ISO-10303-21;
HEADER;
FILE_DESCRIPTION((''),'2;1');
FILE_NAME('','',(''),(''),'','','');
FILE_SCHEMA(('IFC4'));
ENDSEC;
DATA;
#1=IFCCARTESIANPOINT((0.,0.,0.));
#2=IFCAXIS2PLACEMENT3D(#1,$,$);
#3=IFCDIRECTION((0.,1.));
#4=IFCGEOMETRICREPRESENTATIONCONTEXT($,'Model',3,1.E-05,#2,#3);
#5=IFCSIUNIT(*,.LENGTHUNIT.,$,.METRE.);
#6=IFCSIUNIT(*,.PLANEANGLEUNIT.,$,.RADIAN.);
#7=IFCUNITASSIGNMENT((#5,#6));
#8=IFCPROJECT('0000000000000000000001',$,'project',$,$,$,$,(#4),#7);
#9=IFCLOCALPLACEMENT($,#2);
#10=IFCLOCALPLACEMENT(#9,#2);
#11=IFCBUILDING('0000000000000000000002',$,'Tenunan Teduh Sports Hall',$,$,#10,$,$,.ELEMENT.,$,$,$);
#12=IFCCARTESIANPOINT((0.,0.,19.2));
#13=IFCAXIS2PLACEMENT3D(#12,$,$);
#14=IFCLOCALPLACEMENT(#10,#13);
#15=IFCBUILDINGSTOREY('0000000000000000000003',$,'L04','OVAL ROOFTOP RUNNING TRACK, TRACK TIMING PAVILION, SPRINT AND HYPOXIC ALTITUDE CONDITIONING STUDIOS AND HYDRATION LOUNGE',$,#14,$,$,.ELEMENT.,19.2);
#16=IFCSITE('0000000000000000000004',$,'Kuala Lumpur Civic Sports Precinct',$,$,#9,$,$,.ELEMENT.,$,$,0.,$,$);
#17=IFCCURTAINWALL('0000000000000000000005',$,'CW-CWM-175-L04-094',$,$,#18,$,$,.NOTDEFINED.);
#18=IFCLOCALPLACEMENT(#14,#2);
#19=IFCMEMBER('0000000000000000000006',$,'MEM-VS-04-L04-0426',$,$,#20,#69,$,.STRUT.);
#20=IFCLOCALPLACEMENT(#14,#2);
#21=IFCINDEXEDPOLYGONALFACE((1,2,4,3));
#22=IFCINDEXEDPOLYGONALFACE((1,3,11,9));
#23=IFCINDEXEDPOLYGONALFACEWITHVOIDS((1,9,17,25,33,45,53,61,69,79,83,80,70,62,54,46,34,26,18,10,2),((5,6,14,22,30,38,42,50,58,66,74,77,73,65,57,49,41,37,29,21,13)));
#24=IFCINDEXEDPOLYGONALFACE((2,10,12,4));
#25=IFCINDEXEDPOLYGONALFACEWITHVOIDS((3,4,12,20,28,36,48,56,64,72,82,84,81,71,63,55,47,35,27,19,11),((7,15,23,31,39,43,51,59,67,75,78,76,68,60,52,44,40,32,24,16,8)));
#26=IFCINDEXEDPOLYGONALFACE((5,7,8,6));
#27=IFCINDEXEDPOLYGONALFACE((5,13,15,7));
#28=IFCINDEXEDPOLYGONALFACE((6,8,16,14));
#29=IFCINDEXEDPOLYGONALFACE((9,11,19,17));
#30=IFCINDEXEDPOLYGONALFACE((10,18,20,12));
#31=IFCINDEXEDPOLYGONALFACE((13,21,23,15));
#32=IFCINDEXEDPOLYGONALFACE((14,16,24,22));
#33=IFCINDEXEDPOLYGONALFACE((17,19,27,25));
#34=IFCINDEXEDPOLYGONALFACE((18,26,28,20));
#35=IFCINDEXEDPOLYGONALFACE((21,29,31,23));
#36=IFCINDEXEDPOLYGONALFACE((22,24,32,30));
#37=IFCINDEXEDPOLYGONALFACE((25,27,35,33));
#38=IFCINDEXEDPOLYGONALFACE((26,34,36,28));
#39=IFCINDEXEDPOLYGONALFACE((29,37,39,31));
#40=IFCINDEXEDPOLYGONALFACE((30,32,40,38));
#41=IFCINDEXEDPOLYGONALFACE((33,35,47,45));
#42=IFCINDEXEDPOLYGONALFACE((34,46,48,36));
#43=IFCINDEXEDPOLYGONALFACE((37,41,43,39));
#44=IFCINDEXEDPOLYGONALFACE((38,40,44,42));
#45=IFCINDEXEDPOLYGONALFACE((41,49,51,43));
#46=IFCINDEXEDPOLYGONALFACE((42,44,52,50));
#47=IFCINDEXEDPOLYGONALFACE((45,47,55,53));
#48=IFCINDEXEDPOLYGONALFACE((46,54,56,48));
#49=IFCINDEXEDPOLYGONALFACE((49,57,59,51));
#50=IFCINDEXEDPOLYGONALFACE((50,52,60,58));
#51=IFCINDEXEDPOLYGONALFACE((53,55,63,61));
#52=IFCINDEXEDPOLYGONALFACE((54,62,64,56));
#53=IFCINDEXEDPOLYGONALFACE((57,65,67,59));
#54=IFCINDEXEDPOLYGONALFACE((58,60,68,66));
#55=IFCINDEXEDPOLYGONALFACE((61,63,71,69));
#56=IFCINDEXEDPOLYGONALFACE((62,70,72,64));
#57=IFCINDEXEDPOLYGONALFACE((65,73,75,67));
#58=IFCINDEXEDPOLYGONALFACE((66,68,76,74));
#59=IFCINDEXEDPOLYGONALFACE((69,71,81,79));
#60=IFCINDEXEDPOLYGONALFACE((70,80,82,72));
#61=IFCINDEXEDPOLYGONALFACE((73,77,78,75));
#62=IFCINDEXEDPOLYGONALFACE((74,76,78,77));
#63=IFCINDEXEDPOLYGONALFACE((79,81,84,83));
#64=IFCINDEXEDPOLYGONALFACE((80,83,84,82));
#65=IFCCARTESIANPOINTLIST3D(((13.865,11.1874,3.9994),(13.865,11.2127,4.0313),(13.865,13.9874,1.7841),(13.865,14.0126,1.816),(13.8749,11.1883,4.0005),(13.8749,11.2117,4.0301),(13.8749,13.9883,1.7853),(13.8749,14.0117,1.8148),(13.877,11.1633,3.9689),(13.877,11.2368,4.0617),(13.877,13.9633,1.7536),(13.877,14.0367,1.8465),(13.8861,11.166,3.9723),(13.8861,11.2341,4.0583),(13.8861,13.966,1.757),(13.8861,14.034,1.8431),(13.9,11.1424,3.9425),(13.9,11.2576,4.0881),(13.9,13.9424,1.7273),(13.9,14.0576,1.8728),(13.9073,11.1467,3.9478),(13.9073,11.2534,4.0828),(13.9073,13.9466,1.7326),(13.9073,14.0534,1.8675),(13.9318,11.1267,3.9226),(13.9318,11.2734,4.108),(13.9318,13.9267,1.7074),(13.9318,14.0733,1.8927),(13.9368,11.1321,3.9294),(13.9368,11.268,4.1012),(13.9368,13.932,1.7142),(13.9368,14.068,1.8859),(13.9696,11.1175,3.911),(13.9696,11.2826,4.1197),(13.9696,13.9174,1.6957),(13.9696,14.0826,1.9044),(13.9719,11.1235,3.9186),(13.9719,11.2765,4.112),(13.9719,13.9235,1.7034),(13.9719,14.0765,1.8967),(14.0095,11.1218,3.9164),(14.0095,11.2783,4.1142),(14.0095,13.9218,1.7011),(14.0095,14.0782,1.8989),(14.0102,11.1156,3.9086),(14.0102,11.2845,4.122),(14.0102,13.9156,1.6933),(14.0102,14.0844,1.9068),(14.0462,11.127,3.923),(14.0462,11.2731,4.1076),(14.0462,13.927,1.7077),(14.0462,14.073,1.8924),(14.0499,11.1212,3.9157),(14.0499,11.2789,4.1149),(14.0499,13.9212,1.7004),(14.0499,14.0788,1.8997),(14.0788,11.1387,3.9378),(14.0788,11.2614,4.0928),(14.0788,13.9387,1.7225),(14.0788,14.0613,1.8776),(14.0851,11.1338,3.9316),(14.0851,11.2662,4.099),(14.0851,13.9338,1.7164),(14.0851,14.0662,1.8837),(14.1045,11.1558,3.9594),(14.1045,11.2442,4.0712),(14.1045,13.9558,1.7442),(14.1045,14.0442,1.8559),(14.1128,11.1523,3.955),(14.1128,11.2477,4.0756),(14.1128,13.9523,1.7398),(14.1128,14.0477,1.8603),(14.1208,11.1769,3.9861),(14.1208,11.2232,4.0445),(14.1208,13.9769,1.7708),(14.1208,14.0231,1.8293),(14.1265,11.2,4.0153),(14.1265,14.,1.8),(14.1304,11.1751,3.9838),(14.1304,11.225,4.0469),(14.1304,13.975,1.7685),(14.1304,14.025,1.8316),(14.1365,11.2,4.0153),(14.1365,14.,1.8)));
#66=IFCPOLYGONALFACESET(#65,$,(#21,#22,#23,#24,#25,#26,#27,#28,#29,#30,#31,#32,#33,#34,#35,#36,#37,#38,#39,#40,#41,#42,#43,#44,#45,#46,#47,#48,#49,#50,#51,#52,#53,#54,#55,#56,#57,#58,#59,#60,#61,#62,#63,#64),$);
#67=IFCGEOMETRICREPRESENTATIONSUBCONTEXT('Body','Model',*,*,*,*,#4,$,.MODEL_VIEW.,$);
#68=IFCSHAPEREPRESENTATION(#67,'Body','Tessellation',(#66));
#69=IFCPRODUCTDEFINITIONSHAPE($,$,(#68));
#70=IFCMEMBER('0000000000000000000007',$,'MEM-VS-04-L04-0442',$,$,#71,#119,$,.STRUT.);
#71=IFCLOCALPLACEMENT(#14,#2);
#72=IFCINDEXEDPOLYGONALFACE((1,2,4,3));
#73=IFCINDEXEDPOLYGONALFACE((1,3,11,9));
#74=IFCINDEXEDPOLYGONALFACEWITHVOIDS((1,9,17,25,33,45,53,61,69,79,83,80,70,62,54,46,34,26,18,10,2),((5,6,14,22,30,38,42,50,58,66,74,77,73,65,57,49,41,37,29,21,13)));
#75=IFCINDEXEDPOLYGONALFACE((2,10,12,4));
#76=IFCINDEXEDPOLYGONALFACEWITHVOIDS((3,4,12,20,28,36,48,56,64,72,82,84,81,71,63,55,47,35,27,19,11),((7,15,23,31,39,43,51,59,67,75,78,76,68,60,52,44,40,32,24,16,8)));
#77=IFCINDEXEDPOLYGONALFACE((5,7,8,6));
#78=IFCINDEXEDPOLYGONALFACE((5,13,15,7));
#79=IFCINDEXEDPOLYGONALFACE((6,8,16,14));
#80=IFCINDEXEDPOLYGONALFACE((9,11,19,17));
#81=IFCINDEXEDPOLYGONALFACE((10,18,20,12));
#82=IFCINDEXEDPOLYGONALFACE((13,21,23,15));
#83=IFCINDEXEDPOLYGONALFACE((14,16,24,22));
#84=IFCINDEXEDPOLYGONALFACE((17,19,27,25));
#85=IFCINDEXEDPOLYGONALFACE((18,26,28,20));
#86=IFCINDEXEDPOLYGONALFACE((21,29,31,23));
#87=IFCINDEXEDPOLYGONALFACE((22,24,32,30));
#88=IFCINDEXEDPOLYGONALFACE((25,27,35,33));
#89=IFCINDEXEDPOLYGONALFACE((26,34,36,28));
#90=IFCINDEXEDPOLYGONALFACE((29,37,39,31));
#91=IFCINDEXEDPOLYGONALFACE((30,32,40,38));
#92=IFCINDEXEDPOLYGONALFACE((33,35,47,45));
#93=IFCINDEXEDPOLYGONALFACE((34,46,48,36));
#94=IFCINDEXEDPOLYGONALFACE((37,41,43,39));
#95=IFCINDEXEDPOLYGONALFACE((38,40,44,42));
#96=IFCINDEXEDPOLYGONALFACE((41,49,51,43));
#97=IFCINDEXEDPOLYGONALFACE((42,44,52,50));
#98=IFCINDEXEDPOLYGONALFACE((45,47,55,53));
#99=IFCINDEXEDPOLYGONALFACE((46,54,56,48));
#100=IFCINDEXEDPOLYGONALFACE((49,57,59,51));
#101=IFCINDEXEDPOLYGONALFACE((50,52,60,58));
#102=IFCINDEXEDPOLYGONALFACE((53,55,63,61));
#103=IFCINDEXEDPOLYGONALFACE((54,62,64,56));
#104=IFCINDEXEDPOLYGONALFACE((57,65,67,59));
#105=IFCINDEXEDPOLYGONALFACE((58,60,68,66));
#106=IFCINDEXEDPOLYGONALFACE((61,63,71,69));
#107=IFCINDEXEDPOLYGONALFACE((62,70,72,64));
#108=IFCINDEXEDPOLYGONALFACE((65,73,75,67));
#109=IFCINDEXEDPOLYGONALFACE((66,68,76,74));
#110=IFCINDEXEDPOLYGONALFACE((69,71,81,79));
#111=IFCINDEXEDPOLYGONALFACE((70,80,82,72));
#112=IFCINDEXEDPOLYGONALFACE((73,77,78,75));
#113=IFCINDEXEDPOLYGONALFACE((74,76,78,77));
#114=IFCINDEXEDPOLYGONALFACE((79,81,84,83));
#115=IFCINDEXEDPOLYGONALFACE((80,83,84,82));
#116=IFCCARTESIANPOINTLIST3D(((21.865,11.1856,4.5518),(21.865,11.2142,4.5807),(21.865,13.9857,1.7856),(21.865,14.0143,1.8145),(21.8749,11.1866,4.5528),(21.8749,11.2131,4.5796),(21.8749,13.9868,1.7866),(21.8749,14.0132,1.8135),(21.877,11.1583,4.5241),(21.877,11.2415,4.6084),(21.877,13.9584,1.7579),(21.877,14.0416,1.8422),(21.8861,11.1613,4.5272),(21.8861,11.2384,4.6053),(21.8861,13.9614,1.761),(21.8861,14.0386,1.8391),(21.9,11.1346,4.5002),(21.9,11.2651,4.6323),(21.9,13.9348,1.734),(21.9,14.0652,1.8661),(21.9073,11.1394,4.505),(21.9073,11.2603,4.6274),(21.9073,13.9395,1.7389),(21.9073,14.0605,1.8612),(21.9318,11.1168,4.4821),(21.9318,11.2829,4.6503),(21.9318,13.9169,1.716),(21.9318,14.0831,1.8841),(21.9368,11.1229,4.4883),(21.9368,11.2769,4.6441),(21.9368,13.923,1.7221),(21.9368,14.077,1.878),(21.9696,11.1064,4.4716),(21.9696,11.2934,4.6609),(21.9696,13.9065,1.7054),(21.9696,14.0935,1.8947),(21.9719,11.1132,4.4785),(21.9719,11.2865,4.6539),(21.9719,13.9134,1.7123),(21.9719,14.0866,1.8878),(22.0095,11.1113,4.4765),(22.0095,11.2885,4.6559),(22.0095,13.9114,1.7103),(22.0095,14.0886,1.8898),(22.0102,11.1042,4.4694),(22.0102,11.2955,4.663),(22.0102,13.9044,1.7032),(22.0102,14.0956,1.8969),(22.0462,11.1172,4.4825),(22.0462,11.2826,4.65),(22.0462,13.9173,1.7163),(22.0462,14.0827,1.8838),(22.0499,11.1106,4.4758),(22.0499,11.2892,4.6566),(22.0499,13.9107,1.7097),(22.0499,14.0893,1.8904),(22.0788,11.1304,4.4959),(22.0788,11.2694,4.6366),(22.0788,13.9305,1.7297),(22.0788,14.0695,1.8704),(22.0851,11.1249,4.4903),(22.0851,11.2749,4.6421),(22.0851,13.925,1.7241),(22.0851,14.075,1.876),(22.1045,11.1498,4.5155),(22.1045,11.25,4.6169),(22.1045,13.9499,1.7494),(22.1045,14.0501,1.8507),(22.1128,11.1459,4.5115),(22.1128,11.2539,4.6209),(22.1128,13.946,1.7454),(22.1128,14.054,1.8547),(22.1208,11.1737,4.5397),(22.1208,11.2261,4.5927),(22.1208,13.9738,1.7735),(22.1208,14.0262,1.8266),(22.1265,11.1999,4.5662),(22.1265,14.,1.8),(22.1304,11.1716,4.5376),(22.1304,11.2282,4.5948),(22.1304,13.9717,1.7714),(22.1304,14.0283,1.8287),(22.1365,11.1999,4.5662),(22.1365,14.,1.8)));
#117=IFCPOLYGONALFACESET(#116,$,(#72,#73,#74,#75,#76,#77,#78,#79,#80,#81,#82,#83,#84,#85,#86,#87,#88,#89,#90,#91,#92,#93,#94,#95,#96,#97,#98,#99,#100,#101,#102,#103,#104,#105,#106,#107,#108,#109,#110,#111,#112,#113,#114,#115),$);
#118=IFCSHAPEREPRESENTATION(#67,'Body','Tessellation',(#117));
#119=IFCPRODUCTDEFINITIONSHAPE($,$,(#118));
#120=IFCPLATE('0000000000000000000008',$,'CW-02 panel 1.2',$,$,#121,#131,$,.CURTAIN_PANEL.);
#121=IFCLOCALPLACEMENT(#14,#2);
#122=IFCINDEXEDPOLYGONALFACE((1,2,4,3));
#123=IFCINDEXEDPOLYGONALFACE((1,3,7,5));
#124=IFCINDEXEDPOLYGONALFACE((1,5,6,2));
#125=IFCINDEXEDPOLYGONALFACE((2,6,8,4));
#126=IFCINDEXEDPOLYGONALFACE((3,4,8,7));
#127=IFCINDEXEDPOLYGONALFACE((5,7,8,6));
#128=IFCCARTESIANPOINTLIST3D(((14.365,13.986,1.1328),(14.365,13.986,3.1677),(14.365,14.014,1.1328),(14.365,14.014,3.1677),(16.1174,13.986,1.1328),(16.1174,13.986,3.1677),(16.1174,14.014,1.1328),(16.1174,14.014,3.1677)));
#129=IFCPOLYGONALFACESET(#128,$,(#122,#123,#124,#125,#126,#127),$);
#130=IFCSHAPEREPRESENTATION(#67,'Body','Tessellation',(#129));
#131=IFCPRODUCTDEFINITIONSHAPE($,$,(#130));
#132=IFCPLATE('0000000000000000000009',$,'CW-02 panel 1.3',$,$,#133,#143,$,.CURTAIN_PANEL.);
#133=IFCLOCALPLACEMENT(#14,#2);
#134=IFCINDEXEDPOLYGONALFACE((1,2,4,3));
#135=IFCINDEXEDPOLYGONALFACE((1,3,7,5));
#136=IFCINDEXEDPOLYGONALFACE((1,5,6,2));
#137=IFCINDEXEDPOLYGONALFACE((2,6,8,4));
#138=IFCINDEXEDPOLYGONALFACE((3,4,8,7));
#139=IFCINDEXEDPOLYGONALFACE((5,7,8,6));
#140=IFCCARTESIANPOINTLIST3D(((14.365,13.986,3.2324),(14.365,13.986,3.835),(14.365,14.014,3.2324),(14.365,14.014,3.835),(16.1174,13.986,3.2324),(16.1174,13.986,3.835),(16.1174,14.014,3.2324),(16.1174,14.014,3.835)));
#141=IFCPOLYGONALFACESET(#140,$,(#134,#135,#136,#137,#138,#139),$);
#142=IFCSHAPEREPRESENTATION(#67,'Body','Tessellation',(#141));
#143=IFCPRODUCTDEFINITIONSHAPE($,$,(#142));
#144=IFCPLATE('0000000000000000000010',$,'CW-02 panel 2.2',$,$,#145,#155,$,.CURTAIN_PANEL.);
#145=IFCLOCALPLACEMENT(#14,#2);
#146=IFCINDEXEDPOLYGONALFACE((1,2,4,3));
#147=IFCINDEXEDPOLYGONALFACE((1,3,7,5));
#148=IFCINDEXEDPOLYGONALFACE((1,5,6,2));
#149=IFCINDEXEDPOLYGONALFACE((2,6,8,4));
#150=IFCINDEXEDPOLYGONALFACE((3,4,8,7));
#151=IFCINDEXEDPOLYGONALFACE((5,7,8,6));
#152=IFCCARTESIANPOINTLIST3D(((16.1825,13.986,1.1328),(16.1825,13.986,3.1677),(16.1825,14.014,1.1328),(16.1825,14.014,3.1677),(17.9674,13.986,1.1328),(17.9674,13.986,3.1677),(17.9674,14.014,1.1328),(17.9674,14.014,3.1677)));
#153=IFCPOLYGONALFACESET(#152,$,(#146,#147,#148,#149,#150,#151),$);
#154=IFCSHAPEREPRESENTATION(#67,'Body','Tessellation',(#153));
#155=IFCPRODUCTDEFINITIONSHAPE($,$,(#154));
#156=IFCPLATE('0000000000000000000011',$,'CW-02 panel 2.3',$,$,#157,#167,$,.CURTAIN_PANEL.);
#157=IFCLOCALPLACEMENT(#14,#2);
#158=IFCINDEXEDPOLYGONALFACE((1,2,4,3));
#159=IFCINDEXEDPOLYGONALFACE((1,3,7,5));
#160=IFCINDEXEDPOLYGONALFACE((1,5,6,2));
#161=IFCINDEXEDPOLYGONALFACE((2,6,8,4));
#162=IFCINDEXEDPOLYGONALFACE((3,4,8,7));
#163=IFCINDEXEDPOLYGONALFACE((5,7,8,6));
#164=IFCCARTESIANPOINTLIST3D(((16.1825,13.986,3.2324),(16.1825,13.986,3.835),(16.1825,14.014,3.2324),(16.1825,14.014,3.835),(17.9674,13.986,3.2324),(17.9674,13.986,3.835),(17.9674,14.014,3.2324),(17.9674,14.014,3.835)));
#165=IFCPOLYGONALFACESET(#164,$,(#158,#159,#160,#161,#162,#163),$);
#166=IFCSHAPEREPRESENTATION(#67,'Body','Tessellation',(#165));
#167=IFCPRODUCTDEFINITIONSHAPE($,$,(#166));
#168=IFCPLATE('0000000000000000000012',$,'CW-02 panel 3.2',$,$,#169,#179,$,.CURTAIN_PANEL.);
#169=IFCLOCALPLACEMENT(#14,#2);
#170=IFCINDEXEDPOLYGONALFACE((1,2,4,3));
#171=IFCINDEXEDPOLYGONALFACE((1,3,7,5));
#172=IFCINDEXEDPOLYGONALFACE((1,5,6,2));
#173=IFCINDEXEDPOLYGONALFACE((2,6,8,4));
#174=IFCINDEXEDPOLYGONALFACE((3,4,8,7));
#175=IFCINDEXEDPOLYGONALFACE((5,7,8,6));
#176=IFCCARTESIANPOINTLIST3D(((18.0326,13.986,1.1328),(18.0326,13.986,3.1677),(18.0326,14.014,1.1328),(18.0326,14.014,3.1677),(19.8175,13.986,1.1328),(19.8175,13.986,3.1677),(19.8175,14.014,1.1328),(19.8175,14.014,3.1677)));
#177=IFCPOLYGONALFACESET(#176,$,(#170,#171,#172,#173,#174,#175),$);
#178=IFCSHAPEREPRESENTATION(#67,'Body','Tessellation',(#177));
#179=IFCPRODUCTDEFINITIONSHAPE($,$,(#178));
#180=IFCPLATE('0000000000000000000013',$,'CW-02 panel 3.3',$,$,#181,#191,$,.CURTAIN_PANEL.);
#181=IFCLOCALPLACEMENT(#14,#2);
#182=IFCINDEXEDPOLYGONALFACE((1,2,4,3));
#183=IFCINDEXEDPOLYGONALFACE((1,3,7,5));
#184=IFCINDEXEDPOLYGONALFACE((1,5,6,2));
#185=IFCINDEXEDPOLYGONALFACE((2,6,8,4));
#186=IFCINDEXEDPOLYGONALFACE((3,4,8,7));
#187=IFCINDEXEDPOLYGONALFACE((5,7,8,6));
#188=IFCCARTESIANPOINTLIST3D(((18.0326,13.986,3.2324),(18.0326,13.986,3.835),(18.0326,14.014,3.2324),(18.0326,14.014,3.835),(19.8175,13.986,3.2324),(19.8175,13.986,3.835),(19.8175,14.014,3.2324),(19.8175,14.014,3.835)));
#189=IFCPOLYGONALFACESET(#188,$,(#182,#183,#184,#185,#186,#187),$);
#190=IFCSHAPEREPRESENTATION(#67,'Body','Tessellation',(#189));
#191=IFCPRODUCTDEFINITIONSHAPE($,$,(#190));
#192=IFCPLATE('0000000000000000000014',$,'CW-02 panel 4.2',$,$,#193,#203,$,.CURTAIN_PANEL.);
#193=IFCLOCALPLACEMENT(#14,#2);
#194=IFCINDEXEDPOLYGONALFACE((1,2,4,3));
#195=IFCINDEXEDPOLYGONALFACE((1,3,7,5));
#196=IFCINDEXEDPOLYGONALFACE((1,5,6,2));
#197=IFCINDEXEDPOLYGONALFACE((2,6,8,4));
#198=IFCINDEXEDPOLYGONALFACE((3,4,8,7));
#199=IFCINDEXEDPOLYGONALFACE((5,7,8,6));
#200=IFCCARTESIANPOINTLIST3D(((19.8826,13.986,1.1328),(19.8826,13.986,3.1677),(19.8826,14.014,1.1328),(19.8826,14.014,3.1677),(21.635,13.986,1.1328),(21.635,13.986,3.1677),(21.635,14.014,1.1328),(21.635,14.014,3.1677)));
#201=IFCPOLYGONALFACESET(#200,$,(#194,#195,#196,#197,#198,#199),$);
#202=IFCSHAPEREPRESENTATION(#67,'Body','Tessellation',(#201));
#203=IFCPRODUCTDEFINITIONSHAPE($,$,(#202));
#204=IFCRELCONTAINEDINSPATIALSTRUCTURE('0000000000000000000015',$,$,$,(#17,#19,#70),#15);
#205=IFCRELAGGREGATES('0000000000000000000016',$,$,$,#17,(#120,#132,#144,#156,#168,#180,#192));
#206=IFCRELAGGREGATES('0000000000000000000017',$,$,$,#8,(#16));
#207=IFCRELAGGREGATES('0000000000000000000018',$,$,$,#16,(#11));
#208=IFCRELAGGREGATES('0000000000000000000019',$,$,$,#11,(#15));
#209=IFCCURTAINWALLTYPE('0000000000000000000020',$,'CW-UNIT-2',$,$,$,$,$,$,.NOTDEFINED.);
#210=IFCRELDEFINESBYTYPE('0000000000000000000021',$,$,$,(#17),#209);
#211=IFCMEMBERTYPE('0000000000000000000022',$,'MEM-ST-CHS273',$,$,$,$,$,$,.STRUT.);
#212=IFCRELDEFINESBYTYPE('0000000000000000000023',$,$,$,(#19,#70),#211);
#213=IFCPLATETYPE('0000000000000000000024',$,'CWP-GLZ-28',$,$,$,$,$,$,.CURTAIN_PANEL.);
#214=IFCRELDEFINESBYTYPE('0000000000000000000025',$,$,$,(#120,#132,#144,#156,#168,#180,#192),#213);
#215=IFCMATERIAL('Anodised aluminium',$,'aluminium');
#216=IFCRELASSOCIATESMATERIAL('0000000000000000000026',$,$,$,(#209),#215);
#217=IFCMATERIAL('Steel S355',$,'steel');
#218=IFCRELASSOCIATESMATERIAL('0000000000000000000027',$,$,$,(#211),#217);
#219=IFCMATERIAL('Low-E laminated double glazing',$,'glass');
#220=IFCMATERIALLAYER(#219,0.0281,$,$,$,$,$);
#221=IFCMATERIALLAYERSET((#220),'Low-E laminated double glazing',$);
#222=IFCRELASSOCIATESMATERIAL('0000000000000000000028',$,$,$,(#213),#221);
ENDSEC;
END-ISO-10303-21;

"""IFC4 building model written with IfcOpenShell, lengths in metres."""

from ifc_helpers import new_model, si_unit, direction, frame, origin, origin_2d, place, context, subcontext, project, spatial, rectangle, hollow_circle, extrude, material, layer, layer_set, material_profile, profile_set, type_object, element, aggregate, save


model = new_model("IFC4")

# Units and contexts
model_context = context("Model", 3, precision=1e-05, world=origin(), true_north=direction((0.0, 1.0)))
body_context = subcontext(model_context, "Body", "Model", "MODEL_VIEW")
ifc_project = project(units=[si_unit("LENGTHUNIT", "METRE"), si_unit("PLANEANGLEUNIT", "RADIAN")], contexts=[model_context])

# Site, building, storey
site_placement = place(None, origin())
site = spatial("IfcSite", under=ifc_project, at=site_placement, Name="Kuala Lumpur Civic Sports Precinct", CompositionType="ELEMENT", RefElevation=0.0)
building_placement = place(site_placement, origin())
building = spatial("IfcBuilding", under=site, at=building_placement, Name="Tenunan Teduh Sports Hall", CompositionType="ELEMENT")
storey_placement = place(building_placement, frame((0.0, 0.0, 19.2)))
storey = spatial("IfcBuildingStorey", under=building, at=storey_placement, Name="L04", Description="OVAL ROOFTOP RUNNING TRACK, TRACK TIMING PAVILION, SPRINT AND HYPOXIC ALTITUDE CONDITIONING STUDIOS AND HYDRATION LOUNGE", CompositionType="ELEMENT", Elevation=19.2)

# Curtain wall
ifc_material_1 = material(Name="Anodised aluminium", Category="aluminium")
curtain_wall_type = type_object("IfcCurtainWallType", Name="CW-UNIT-2", PredefinedType="NOTDEFINED", material=ifc_material_1)
curtain_wall_placement = place(storey_placement, origin())
curtain_wall = element("IfcCurtainWall", 1, at=curtain_wall_placement, inside=storey, type_object=curtain_wall_type, Name="CW-CWM-175-L04-094", PredefinedType="NOTDEFINED")

# Members
ifc_material_2 = material(Name="Steel S355", Category="steel")
ifc_material_profile_1 = material_profile(ifc_material_2, hollow_circle(Radius=0.1365, WallThickness=0.01, at=origin_2d()), Name="CHS 273.0x10.0")
ifc_profile_set_1 = profile_set([ifc_material_profile_1], Name="Steel S355")
member_type_1 = type_object("IfcMemberType", Name="MEM-ST-CHS273", PredefinedType="STRUT", material=ifc_profile_set_1)
member_1_placement = place(storey_placement, frame((14.0, 14.0, 1.8), z_axis=(0.0, -0.784233, 0.620466), x_axis=(1.0, 0.0, 0.0)))
element("IfcMember", 2, at=member_1_placement, inside=storey, type_object=member_type_1, Name="MEM-VS-04-L04-0426", PredefinedType="STRUT", context=body_context, shape_type="SweptSolid", body=[
    extrude(hollow_circle(Radius=0.1365, WallThickness=0.01, at=origin_2d()), origin(), (0.0, 0.0, 1.0), 3.5703),
])
member_2_placement = place(storey_placement, frame((22.0, 14.0, 1.8), z_axis=(0.0, -0.711405, 0.702783), x_axis=(1.0, 0.0, 0.0)))
element("IfcMember", 3, at=member_2_placement, inside=storey, type_object=member_type_1, Name="MEM-VS-04-L04-0442", PredefinedType="STRUT", context=body_context, shape_type="SweptSolid", body=[
    extrude(hollow_circle(Radius=0.1365, WallThickness=0.01, at=origin_2d()), origin(), (0.0, 0.0, 1.0), 3.936),
])

# Plates
ifc_material_3 = material(Name="Low-E laminated double glazing", Category="glass")
ifc_layer_1 = layer(ifc_material_3, 0.0281)
ifc_layer_set_1 = layer_set([ifc_layer_1], Name="Low-E laminated double glazing")
plate_type_1 = type_object("IfcPlateType", Name="CWP-GLZ-28", PredefinedType="CURTAIN_PANEL", material=ifc_layer_set_1)
plate_1_placement = place(storey_placement, frame((15.2412, 14.0, 1.1328), z_axis=(0.0, 0.0, 1.0), x_axis=(1.0, 0.0, 0.0)))
plate_1 = element("IfcPlate", 4, at=plate_1_placement, type_object=plate_type_1, Name="CW-02 panel 1.2", PredefinedType="CURTAIN_PANEL", context=body_context, shape_type="SweptSolid", body=[
    extrude(rectangle(XDim=1.7524, YDim=0.0281, at=origin_2d()), origin(), (0.0, 0.0, 1.0), 2.0349),
])
plate_2_placement = place(storey_placement, frame((15.2412, 14.0, 3.2324), z_axis=(0.0, 0.0, 1.0), x_axis=(1.0, 0.0, 0.0)))
plate_2 = element("IfcPlate", 5, at=plate_2_placement, type_object=plate_type_1, Name="CW-02 panel 1.3", PredefinedType="CURTAIN_PANEL", context=body_context, shape_type="SweptSolid", body=[
    extrude(rectangle(XDim=1.7524, YDim=0.0281, at=origin_2d()), origin(), (0.0, 0.0, 1.0), 0.6025),
])
plate_3_placement = place(storey_placement, frame((17.075, 14.0, 1.1328), z_axis=(0.0, 0.0, 1.0), x_axis=(1.0, 0.0, 0.0)))
plate_3 = element("IfcPlate", 6, at=plate_3_placement, type_object=plate_type_1, Name="CW-02 panel 2.2", PredefinedType="CURTAIN_PANEL", context=body_context, shape_type="SweptSolid", body=[
    extrude(rectangle(XDim=1.7849, YDim=0.0281, at=origin_2d()), origin(), (0.0, 0.0, 1.0), 2.0349),
])
plate_4_placement = place(storey_placement, frame((17.075, 14.0, 3.2324), z_axis=(0.0, 0.0, 1.0), x_axis=(1.0, 0.0, 0.0)))
plate_4 = element("IfcPlate", 7, at=plate_4_placement, type_object=plate_type_1, Name="CW-02 panel 2.3", PredefinedType="CURTAIN_PANEL", context=body_context, shape_type="SweptSolid", body=[
    extrude(rectangle(XDim=1.7849, YDim=0.0281, at=origin_2d()), origin(), (0.0, 0.0, 1.0), 0.6025),
])
plate_5_placement = place(storey_placement, frame((18.925, 14.0, 1.1328), z_axis=(0.0, 0.0, 1.0), x_axis=(1.0, 0.0, 0.0)))
plate_5 = element("IfcPlate", 8, at=plate_5_placement, type_object=plate_type_1, Name="CW-02 panel 3.2", PredefinedType="CURTAIN_PANEL", context=body_context, shape_type="SweptSolid", body=[
    extrude(rectangle(XDim=1.7849, YDim=0.0281, at=origin_2d()), origin(), (0.0, 0.0, 1.0), 2.0349),
])
plate_6_placement = place(storey_placement, frame((18.925, 14.0, 3.2324), z_axis=(0.0, 0.0, 1.0), x_axis=(1.0, 0.0, 0.0)))
plate_6 = element("IfcPlate", 9, at=plate_6_placement, type_object=plate_type_1, Name="CW-02 panel 3.3", PredefinedType="CURTAIN_PANEL", context=body_context, shape_type="SweptSolid", body=[
    extrude(rectangle(XDim=1.7849, YDim=0.0281, at=origin_2d()), origin(), (0.0, 0.0, 1.0), 0.6025),
])
plate_7_placement = place(storey_placement, frame((20.7588, 14.0, 1.1328), z_axis=(0.0, 0.0, 1.0), x_axis=(1.0, 0.0, 0.0)))
plate_7 = element("IfcPlate", 10, at=plate_7_placement, type_object=plate_type_1, Name="CW-02 panel 4.2", PredefinedType="CURTAIN_PANEL", context=body_context, shape_type="SweptSolid", body=[
    extrude(rectangle(XDim=1.7524, YDim=0.0281, at=origin_2d()), origin(), (0.0, 0.0, 1.0), 2.0349),
])
aggregate(curtain_wall, [plate_1, plate_2, plate_3, plate_4, plate_5, plate_6, plate_7])

save(model, "model.ifc")
